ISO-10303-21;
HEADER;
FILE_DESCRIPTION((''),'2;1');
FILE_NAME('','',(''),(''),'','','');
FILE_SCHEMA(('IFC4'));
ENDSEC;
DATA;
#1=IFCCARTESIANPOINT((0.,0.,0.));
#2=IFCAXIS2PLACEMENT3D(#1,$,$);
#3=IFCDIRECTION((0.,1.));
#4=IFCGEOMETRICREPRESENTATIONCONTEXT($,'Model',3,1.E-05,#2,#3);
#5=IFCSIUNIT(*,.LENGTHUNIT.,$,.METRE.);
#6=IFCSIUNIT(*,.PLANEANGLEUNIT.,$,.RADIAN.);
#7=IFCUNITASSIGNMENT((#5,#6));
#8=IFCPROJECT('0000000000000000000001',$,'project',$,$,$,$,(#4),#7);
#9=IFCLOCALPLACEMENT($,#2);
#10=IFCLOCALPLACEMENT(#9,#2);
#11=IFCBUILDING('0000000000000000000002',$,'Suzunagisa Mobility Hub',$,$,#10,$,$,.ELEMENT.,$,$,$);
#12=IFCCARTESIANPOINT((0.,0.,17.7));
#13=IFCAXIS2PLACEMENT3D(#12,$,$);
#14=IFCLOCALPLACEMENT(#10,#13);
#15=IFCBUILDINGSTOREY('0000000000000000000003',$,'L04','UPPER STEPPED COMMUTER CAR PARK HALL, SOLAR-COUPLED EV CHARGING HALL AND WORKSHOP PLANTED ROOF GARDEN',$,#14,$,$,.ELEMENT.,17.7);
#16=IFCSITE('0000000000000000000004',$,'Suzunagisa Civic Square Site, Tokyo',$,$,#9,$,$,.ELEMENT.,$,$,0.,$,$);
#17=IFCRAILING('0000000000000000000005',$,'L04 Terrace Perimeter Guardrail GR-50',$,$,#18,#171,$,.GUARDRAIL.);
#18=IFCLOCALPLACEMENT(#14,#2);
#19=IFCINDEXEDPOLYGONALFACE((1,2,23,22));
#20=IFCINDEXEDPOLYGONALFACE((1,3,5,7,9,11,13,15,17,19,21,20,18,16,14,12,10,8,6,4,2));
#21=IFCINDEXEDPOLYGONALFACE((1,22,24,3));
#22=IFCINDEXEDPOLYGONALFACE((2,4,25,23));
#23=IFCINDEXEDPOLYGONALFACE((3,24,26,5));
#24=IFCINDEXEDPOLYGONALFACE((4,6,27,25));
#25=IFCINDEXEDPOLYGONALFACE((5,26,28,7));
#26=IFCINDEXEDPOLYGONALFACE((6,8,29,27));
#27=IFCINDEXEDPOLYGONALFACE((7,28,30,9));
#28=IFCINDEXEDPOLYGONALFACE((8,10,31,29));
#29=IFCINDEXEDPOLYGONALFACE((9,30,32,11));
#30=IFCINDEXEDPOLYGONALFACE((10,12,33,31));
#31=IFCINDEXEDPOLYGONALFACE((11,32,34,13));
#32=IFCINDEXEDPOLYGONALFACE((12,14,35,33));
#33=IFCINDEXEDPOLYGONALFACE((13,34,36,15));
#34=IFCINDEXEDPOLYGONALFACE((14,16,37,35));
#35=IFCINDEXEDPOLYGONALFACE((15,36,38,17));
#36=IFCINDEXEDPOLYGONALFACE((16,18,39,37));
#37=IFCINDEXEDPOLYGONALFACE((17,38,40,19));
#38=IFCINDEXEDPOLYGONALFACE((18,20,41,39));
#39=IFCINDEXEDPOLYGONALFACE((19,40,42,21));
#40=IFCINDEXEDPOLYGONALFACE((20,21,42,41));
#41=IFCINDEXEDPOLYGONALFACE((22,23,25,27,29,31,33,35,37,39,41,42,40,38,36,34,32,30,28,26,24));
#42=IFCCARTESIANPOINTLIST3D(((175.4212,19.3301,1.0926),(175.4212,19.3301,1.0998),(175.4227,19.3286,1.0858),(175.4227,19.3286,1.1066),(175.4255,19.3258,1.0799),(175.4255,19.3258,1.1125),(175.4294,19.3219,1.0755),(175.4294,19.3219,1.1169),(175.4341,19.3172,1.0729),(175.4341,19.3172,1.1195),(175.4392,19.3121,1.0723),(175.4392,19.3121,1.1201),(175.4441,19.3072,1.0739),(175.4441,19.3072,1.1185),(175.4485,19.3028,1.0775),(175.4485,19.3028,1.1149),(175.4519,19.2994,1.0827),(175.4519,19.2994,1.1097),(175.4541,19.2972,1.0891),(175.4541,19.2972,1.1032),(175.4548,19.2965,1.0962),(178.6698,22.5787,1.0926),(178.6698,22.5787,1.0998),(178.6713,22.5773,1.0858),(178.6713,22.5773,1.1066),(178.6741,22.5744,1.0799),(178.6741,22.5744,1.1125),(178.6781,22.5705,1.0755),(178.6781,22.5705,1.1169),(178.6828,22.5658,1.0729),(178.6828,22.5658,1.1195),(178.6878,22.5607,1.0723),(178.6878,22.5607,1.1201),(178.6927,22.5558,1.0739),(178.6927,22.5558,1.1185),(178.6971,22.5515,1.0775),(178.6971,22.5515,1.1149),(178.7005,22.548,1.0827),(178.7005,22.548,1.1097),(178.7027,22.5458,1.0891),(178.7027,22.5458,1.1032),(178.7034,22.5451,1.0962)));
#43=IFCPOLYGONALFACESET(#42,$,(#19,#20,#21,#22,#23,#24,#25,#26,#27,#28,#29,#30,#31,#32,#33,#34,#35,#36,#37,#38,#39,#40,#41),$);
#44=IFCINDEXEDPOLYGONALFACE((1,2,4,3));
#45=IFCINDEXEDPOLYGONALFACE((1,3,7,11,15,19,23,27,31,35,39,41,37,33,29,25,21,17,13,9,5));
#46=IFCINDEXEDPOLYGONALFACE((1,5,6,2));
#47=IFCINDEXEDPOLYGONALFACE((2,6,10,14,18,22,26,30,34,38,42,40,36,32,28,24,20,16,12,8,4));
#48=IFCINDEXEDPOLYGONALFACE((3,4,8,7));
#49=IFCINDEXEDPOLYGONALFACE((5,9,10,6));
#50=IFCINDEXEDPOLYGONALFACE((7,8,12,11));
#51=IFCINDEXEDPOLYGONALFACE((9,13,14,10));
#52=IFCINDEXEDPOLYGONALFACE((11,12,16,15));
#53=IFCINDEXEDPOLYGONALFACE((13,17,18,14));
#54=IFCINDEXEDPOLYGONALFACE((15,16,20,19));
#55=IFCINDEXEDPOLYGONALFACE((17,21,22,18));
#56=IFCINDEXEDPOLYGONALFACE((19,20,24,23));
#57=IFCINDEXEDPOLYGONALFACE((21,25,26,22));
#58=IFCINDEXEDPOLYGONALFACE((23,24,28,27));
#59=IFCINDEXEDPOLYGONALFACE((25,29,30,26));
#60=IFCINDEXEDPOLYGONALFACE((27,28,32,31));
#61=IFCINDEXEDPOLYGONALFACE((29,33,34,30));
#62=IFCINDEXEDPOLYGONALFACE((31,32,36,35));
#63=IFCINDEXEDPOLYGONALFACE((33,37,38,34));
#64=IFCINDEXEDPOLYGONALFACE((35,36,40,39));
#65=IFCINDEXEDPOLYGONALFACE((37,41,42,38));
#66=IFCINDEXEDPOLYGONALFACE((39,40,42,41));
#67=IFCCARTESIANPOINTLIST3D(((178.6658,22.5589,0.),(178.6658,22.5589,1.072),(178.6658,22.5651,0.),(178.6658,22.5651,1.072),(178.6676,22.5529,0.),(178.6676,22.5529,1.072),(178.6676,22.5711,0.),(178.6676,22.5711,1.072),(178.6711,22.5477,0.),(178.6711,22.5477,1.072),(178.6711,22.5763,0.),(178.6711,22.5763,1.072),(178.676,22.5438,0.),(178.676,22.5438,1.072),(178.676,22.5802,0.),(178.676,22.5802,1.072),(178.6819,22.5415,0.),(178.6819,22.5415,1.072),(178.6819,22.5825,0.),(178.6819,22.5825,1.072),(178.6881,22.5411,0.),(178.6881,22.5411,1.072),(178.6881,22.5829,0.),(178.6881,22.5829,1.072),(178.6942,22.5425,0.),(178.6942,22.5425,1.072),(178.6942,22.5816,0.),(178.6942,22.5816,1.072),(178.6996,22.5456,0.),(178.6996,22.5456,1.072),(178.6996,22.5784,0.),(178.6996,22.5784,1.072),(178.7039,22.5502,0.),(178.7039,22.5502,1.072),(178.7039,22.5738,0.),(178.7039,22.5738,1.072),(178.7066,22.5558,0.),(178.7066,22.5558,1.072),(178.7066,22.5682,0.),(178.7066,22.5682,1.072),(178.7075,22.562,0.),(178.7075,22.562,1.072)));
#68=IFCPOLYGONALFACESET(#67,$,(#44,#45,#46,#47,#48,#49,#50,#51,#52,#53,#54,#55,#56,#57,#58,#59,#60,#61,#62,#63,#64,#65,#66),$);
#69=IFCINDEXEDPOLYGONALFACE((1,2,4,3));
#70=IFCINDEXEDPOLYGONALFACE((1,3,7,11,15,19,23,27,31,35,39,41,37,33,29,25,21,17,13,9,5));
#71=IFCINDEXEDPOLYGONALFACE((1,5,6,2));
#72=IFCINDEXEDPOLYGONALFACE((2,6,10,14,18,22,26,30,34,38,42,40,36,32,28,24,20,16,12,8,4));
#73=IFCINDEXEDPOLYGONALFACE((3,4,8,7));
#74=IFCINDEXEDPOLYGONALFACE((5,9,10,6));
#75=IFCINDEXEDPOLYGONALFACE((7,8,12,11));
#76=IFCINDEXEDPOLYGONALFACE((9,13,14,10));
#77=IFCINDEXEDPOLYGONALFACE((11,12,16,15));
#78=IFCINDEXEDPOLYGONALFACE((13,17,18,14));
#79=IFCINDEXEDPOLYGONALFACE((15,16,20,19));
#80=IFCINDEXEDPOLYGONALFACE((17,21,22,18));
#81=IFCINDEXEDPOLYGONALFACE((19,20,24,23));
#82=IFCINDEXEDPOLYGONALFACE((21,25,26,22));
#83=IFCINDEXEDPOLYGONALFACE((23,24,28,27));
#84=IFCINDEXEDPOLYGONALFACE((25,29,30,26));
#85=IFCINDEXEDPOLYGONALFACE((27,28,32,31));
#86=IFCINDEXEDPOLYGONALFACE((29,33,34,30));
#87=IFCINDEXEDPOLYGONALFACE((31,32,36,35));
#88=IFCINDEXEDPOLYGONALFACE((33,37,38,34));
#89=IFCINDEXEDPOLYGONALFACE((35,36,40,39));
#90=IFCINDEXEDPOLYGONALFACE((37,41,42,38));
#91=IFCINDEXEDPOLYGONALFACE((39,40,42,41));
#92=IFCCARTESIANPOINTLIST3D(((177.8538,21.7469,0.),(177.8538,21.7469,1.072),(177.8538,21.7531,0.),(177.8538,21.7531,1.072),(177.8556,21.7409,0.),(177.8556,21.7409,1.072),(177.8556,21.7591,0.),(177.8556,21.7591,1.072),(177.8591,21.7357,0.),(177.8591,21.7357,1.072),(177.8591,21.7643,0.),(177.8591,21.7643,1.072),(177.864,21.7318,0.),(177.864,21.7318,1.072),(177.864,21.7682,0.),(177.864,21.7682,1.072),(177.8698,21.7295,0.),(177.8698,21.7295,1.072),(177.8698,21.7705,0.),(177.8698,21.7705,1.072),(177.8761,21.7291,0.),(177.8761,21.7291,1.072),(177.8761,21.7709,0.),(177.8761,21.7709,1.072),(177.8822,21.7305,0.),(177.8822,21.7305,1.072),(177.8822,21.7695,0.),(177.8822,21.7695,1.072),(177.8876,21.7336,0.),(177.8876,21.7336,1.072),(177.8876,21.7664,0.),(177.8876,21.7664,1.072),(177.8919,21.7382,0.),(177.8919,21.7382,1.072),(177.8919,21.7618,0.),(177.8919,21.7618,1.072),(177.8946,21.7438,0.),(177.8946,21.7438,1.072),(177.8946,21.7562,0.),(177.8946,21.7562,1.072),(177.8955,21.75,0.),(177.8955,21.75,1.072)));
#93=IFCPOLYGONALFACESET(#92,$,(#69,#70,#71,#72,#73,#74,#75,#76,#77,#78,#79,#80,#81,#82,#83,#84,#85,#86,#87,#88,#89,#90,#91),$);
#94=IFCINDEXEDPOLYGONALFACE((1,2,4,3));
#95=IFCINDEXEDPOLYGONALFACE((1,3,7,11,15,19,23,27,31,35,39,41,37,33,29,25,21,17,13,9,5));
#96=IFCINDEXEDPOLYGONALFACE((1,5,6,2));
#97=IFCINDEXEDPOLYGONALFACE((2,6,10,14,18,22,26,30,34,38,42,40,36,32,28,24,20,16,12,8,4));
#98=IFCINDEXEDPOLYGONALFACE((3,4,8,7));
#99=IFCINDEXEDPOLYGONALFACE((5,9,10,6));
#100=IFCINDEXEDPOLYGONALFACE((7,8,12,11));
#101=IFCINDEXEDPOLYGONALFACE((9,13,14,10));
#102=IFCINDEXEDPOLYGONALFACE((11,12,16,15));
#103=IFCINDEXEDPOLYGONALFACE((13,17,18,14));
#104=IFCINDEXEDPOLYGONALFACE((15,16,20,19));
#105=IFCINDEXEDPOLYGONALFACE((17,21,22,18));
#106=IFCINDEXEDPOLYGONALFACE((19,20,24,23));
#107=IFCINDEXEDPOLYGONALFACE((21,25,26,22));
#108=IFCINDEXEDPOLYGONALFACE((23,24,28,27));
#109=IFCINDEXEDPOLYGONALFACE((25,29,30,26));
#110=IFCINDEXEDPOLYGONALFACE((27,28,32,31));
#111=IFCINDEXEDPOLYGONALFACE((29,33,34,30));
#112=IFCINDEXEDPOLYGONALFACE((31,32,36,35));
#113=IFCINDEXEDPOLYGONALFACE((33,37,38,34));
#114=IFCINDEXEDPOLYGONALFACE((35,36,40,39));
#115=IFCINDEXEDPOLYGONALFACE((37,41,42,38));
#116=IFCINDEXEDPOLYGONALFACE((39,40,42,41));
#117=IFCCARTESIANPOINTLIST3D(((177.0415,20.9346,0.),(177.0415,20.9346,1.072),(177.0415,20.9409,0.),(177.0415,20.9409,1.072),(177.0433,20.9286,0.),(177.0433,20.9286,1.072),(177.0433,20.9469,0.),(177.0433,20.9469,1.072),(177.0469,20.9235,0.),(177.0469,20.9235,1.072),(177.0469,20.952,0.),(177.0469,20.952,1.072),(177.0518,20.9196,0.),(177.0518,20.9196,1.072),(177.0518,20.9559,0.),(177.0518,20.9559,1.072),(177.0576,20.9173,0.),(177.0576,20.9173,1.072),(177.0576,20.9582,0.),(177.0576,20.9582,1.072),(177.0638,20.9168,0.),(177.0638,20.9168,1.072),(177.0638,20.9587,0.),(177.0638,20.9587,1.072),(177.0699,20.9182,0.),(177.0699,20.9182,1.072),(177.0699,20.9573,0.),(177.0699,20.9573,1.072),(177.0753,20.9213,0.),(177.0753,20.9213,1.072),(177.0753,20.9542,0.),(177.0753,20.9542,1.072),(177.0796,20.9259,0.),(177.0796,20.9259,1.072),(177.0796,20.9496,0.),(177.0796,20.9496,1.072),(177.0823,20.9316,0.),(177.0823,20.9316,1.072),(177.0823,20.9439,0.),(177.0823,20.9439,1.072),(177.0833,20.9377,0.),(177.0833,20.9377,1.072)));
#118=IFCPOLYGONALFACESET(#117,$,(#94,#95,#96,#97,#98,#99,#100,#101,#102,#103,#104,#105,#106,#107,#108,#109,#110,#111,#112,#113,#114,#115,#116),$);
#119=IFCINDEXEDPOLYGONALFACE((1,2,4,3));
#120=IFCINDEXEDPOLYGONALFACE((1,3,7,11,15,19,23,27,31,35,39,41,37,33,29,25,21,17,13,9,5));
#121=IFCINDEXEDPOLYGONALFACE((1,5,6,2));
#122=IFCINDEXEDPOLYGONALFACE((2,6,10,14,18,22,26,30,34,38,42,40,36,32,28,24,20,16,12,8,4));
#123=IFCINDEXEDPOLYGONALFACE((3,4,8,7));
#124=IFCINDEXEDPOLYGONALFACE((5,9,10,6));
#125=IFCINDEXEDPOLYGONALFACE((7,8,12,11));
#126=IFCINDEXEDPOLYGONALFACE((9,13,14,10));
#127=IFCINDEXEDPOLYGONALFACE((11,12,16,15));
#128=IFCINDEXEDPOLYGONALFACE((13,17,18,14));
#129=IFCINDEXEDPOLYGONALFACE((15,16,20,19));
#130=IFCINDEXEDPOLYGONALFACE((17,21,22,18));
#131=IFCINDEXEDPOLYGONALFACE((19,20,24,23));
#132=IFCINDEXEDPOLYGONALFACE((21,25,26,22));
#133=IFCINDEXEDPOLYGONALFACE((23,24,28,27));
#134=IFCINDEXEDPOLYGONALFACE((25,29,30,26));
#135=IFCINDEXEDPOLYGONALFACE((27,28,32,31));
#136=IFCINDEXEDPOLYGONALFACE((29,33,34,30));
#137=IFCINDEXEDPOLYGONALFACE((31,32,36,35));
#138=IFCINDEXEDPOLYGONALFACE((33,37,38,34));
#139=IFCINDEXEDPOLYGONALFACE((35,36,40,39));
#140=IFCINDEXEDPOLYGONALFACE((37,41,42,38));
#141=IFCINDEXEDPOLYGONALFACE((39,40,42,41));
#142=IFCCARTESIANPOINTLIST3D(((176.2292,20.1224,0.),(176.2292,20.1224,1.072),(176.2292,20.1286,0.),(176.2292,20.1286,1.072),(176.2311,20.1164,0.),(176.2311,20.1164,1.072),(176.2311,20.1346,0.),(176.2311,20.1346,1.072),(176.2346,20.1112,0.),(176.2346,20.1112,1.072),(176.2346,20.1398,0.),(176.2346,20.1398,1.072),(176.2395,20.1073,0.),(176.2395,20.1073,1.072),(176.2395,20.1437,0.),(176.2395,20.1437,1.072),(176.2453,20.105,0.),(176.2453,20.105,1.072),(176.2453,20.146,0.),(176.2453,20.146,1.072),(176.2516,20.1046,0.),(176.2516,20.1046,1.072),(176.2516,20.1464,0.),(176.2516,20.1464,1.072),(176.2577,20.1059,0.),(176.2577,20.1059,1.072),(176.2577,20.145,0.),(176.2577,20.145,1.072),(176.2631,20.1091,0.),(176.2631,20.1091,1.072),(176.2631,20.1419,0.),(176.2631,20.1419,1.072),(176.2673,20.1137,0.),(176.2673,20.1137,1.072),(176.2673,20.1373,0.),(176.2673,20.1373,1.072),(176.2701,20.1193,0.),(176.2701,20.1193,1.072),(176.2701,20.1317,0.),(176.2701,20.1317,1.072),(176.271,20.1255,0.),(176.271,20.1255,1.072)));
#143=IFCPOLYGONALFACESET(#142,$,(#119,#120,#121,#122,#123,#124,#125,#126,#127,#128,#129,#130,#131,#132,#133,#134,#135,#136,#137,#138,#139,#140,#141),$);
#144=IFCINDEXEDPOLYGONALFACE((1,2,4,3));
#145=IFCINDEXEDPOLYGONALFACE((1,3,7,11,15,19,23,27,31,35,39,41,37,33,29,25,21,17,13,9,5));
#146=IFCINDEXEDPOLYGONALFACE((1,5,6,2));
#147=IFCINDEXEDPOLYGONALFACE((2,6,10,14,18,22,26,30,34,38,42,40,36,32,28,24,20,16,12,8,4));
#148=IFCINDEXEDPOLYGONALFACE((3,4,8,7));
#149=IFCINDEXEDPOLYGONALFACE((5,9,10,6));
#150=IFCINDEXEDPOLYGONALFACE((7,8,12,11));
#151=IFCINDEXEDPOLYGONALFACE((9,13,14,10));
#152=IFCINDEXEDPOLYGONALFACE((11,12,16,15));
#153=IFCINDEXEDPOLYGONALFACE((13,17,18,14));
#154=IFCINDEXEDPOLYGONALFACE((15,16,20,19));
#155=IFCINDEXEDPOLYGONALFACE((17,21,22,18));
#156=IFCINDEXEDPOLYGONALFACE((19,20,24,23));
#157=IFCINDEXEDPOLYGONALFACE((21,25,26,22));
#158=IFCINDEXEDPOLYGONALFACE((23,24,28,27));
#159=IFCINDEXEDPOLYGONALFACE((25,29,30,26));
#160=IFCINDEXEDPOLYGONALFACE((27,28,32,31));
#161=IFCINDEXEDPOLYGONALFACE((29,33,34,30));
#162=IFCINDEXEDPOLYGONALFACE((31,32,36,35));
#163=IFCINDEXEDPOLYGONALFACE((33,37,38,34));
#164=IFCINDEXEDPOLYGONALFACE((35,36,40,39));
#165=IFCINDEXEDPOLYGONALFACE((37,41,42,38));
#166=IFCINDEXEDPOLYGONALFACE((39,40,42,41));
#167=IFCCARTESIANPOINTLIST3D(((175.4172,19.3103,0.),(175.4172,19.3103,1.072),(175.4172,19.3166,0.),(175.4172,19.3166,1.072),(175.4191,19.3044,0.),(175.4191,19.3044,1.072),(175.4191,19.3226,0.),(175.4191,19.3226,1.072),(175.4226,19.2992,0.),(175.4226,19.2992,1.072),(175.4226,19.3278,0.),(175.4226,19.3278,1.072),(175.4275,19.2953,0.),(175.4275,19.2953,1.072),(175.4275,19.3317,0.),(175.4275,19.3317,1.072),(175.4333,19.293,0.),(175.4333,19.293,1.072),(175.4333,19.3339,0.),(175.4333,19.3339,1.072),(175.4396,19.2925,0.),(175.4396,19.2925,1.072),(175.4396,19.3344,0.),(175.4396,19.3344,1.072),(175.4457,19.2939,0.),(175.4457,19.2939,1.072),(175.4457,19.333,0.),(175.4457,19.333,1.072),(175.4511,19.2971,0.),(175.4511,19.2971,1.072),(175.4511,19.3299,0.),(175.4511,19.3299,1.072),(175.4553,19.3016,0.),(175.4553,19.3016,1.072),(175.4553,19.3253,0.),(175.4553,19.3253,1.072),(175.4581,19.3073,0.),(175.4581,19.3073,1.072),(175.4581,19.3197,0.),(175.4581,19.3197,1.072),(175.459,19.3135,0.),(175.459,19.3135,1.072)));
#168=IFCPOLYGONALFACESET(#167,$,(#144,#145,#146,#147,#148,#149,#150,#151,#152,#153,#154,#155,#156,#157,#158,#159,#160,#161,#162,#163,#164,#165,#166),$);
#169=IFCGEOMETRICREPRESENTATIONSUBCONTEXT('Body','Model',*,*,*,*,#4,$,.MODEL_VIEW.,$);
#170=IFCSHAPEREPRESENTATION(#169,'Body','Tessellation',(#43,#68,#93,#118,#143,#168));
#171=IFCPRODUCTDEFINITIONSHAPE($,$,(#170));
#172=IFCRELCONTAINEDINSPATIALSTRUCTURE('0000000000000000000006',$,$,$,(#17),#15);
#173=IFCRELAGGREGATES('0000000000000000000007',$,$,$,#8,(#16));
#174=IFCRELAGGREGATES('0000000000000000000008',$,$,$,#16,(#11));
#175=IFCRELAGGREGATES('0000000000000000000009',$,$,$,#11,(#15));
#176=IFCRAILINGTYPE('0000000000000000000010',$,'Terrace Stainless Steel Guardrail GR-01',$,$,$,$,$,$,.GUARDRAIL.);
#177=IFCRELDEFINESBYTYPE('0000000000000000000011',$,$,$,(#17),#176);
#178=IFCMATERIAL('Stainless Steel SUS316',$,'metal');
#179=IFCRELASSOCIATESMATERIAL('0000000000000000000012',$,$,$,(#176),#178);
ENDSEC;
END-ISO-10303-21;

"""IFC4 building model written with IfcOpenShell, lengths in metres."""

from ifc_helpers import new_model, si_unit, direction, frame, origin, origin_2d, place, context, subcontext, project, spatial, circle, extrude, material, type_object, element, save


model = new_model("IFC4")

# Units and contexts
model_context = context("Model", 3, precision=1e-05, world=origin(), true_north=direction((0.0, 1.0)))
body_context = subcontext(model_context, "Body", "Model", "MODEL_VIEW")
ifc_project = project(units=[si_unit("LENGTHUNIT", "METRE"), si_unit("PLANEANGLEUNIT", "RADIAN")], contexts=[model_context])

# Site, building, storey
site_placement = place(None, origin())
site = spatial("IfcSite", under=ifc_project, at=site_placement, Name="Suzunagisa Civic Square Site, Tokyo", CompositionType="ELEMENT", RefElevation=0.0)
building_placement = place(site_placement, origin())
building = spatial("IfcBuilding", under=site, at=building_placement, Name="Suzunagisa Mobility Hub", CompositionType="ELEMENT")
storey_placement = place(building_placement, frame((0.0, 0.0, 17.7)))
storey = spatial("IfcBuildingStorey", under=building, at=storey_placement, Name="L04", Description="UPPER STEPPED COMMUTER CAR PARK HALL, SOLAR-COUPLED EV CHARGING HALL AND WORKSHOP PLANTED ROOF GARDEN", CompositionType="ELEMENT", Elevation=17.7)

# Railing
ifc_material_1 = material(Name="Stainless Steel SUS316", Category="metal")
railing_type_1 = type_object("IfcRailingType", Name="Terrace Stainless Steel Guardrail GR-01", PredefinedType="GUARDRAIL", material=ifc_material_1)
railing_1_placement = place(storey_placement, frame((178.6865, 22.562, 0.0)))
element("IfcRailing", 1, at=railing_1_placement, inside=storey, type_object=railing_type_1, Name="L04 Terrace Perimeter Guardrail GR-50", PredefinedType="GUARDRAIL", context=body_context, shape_type="SweptSolid", body=[
    extrude(circle(Radius=0.0239, at=origin_2d()), frame((0.0, 0.0, 1.0962), z_axis=(-0.707107, -0.707107, 0.0), x_axis=(0.707107, -0.707107, 0.0)), (0.0, 0.0, 1.0), 4.5942),
    extrude(circle(Radius=0.021, at=origin_2d()), origin(), (0.0, 0.0, 1.0), 1.072),
    extrude(circle(Radius=0.021, at=origin_2d()), frame((-0.812, -0.812, 0.0)), (0.0, 0.0, 1.0), 1.072),
    extrude(circle(Radius=0.021, at=origin_2d()), frame((-1.6243, -1.6243, 0.0)), (0.0, 0.0, 1.0), 1.072),
    extrude(circle(Radius=0.021, at=origin_2d()), frame((-2.4365, -2.4365, 0.0)), (0.0, 0.0, 1.0), 1.072),
    extrude(circle(Radius=0.021, at=origin_2d()), frame((-3.2485, -3.2485, 0.0)), (0.0, 0.0, 1.0), 1.072),
])

save(model, "model.ifc")
